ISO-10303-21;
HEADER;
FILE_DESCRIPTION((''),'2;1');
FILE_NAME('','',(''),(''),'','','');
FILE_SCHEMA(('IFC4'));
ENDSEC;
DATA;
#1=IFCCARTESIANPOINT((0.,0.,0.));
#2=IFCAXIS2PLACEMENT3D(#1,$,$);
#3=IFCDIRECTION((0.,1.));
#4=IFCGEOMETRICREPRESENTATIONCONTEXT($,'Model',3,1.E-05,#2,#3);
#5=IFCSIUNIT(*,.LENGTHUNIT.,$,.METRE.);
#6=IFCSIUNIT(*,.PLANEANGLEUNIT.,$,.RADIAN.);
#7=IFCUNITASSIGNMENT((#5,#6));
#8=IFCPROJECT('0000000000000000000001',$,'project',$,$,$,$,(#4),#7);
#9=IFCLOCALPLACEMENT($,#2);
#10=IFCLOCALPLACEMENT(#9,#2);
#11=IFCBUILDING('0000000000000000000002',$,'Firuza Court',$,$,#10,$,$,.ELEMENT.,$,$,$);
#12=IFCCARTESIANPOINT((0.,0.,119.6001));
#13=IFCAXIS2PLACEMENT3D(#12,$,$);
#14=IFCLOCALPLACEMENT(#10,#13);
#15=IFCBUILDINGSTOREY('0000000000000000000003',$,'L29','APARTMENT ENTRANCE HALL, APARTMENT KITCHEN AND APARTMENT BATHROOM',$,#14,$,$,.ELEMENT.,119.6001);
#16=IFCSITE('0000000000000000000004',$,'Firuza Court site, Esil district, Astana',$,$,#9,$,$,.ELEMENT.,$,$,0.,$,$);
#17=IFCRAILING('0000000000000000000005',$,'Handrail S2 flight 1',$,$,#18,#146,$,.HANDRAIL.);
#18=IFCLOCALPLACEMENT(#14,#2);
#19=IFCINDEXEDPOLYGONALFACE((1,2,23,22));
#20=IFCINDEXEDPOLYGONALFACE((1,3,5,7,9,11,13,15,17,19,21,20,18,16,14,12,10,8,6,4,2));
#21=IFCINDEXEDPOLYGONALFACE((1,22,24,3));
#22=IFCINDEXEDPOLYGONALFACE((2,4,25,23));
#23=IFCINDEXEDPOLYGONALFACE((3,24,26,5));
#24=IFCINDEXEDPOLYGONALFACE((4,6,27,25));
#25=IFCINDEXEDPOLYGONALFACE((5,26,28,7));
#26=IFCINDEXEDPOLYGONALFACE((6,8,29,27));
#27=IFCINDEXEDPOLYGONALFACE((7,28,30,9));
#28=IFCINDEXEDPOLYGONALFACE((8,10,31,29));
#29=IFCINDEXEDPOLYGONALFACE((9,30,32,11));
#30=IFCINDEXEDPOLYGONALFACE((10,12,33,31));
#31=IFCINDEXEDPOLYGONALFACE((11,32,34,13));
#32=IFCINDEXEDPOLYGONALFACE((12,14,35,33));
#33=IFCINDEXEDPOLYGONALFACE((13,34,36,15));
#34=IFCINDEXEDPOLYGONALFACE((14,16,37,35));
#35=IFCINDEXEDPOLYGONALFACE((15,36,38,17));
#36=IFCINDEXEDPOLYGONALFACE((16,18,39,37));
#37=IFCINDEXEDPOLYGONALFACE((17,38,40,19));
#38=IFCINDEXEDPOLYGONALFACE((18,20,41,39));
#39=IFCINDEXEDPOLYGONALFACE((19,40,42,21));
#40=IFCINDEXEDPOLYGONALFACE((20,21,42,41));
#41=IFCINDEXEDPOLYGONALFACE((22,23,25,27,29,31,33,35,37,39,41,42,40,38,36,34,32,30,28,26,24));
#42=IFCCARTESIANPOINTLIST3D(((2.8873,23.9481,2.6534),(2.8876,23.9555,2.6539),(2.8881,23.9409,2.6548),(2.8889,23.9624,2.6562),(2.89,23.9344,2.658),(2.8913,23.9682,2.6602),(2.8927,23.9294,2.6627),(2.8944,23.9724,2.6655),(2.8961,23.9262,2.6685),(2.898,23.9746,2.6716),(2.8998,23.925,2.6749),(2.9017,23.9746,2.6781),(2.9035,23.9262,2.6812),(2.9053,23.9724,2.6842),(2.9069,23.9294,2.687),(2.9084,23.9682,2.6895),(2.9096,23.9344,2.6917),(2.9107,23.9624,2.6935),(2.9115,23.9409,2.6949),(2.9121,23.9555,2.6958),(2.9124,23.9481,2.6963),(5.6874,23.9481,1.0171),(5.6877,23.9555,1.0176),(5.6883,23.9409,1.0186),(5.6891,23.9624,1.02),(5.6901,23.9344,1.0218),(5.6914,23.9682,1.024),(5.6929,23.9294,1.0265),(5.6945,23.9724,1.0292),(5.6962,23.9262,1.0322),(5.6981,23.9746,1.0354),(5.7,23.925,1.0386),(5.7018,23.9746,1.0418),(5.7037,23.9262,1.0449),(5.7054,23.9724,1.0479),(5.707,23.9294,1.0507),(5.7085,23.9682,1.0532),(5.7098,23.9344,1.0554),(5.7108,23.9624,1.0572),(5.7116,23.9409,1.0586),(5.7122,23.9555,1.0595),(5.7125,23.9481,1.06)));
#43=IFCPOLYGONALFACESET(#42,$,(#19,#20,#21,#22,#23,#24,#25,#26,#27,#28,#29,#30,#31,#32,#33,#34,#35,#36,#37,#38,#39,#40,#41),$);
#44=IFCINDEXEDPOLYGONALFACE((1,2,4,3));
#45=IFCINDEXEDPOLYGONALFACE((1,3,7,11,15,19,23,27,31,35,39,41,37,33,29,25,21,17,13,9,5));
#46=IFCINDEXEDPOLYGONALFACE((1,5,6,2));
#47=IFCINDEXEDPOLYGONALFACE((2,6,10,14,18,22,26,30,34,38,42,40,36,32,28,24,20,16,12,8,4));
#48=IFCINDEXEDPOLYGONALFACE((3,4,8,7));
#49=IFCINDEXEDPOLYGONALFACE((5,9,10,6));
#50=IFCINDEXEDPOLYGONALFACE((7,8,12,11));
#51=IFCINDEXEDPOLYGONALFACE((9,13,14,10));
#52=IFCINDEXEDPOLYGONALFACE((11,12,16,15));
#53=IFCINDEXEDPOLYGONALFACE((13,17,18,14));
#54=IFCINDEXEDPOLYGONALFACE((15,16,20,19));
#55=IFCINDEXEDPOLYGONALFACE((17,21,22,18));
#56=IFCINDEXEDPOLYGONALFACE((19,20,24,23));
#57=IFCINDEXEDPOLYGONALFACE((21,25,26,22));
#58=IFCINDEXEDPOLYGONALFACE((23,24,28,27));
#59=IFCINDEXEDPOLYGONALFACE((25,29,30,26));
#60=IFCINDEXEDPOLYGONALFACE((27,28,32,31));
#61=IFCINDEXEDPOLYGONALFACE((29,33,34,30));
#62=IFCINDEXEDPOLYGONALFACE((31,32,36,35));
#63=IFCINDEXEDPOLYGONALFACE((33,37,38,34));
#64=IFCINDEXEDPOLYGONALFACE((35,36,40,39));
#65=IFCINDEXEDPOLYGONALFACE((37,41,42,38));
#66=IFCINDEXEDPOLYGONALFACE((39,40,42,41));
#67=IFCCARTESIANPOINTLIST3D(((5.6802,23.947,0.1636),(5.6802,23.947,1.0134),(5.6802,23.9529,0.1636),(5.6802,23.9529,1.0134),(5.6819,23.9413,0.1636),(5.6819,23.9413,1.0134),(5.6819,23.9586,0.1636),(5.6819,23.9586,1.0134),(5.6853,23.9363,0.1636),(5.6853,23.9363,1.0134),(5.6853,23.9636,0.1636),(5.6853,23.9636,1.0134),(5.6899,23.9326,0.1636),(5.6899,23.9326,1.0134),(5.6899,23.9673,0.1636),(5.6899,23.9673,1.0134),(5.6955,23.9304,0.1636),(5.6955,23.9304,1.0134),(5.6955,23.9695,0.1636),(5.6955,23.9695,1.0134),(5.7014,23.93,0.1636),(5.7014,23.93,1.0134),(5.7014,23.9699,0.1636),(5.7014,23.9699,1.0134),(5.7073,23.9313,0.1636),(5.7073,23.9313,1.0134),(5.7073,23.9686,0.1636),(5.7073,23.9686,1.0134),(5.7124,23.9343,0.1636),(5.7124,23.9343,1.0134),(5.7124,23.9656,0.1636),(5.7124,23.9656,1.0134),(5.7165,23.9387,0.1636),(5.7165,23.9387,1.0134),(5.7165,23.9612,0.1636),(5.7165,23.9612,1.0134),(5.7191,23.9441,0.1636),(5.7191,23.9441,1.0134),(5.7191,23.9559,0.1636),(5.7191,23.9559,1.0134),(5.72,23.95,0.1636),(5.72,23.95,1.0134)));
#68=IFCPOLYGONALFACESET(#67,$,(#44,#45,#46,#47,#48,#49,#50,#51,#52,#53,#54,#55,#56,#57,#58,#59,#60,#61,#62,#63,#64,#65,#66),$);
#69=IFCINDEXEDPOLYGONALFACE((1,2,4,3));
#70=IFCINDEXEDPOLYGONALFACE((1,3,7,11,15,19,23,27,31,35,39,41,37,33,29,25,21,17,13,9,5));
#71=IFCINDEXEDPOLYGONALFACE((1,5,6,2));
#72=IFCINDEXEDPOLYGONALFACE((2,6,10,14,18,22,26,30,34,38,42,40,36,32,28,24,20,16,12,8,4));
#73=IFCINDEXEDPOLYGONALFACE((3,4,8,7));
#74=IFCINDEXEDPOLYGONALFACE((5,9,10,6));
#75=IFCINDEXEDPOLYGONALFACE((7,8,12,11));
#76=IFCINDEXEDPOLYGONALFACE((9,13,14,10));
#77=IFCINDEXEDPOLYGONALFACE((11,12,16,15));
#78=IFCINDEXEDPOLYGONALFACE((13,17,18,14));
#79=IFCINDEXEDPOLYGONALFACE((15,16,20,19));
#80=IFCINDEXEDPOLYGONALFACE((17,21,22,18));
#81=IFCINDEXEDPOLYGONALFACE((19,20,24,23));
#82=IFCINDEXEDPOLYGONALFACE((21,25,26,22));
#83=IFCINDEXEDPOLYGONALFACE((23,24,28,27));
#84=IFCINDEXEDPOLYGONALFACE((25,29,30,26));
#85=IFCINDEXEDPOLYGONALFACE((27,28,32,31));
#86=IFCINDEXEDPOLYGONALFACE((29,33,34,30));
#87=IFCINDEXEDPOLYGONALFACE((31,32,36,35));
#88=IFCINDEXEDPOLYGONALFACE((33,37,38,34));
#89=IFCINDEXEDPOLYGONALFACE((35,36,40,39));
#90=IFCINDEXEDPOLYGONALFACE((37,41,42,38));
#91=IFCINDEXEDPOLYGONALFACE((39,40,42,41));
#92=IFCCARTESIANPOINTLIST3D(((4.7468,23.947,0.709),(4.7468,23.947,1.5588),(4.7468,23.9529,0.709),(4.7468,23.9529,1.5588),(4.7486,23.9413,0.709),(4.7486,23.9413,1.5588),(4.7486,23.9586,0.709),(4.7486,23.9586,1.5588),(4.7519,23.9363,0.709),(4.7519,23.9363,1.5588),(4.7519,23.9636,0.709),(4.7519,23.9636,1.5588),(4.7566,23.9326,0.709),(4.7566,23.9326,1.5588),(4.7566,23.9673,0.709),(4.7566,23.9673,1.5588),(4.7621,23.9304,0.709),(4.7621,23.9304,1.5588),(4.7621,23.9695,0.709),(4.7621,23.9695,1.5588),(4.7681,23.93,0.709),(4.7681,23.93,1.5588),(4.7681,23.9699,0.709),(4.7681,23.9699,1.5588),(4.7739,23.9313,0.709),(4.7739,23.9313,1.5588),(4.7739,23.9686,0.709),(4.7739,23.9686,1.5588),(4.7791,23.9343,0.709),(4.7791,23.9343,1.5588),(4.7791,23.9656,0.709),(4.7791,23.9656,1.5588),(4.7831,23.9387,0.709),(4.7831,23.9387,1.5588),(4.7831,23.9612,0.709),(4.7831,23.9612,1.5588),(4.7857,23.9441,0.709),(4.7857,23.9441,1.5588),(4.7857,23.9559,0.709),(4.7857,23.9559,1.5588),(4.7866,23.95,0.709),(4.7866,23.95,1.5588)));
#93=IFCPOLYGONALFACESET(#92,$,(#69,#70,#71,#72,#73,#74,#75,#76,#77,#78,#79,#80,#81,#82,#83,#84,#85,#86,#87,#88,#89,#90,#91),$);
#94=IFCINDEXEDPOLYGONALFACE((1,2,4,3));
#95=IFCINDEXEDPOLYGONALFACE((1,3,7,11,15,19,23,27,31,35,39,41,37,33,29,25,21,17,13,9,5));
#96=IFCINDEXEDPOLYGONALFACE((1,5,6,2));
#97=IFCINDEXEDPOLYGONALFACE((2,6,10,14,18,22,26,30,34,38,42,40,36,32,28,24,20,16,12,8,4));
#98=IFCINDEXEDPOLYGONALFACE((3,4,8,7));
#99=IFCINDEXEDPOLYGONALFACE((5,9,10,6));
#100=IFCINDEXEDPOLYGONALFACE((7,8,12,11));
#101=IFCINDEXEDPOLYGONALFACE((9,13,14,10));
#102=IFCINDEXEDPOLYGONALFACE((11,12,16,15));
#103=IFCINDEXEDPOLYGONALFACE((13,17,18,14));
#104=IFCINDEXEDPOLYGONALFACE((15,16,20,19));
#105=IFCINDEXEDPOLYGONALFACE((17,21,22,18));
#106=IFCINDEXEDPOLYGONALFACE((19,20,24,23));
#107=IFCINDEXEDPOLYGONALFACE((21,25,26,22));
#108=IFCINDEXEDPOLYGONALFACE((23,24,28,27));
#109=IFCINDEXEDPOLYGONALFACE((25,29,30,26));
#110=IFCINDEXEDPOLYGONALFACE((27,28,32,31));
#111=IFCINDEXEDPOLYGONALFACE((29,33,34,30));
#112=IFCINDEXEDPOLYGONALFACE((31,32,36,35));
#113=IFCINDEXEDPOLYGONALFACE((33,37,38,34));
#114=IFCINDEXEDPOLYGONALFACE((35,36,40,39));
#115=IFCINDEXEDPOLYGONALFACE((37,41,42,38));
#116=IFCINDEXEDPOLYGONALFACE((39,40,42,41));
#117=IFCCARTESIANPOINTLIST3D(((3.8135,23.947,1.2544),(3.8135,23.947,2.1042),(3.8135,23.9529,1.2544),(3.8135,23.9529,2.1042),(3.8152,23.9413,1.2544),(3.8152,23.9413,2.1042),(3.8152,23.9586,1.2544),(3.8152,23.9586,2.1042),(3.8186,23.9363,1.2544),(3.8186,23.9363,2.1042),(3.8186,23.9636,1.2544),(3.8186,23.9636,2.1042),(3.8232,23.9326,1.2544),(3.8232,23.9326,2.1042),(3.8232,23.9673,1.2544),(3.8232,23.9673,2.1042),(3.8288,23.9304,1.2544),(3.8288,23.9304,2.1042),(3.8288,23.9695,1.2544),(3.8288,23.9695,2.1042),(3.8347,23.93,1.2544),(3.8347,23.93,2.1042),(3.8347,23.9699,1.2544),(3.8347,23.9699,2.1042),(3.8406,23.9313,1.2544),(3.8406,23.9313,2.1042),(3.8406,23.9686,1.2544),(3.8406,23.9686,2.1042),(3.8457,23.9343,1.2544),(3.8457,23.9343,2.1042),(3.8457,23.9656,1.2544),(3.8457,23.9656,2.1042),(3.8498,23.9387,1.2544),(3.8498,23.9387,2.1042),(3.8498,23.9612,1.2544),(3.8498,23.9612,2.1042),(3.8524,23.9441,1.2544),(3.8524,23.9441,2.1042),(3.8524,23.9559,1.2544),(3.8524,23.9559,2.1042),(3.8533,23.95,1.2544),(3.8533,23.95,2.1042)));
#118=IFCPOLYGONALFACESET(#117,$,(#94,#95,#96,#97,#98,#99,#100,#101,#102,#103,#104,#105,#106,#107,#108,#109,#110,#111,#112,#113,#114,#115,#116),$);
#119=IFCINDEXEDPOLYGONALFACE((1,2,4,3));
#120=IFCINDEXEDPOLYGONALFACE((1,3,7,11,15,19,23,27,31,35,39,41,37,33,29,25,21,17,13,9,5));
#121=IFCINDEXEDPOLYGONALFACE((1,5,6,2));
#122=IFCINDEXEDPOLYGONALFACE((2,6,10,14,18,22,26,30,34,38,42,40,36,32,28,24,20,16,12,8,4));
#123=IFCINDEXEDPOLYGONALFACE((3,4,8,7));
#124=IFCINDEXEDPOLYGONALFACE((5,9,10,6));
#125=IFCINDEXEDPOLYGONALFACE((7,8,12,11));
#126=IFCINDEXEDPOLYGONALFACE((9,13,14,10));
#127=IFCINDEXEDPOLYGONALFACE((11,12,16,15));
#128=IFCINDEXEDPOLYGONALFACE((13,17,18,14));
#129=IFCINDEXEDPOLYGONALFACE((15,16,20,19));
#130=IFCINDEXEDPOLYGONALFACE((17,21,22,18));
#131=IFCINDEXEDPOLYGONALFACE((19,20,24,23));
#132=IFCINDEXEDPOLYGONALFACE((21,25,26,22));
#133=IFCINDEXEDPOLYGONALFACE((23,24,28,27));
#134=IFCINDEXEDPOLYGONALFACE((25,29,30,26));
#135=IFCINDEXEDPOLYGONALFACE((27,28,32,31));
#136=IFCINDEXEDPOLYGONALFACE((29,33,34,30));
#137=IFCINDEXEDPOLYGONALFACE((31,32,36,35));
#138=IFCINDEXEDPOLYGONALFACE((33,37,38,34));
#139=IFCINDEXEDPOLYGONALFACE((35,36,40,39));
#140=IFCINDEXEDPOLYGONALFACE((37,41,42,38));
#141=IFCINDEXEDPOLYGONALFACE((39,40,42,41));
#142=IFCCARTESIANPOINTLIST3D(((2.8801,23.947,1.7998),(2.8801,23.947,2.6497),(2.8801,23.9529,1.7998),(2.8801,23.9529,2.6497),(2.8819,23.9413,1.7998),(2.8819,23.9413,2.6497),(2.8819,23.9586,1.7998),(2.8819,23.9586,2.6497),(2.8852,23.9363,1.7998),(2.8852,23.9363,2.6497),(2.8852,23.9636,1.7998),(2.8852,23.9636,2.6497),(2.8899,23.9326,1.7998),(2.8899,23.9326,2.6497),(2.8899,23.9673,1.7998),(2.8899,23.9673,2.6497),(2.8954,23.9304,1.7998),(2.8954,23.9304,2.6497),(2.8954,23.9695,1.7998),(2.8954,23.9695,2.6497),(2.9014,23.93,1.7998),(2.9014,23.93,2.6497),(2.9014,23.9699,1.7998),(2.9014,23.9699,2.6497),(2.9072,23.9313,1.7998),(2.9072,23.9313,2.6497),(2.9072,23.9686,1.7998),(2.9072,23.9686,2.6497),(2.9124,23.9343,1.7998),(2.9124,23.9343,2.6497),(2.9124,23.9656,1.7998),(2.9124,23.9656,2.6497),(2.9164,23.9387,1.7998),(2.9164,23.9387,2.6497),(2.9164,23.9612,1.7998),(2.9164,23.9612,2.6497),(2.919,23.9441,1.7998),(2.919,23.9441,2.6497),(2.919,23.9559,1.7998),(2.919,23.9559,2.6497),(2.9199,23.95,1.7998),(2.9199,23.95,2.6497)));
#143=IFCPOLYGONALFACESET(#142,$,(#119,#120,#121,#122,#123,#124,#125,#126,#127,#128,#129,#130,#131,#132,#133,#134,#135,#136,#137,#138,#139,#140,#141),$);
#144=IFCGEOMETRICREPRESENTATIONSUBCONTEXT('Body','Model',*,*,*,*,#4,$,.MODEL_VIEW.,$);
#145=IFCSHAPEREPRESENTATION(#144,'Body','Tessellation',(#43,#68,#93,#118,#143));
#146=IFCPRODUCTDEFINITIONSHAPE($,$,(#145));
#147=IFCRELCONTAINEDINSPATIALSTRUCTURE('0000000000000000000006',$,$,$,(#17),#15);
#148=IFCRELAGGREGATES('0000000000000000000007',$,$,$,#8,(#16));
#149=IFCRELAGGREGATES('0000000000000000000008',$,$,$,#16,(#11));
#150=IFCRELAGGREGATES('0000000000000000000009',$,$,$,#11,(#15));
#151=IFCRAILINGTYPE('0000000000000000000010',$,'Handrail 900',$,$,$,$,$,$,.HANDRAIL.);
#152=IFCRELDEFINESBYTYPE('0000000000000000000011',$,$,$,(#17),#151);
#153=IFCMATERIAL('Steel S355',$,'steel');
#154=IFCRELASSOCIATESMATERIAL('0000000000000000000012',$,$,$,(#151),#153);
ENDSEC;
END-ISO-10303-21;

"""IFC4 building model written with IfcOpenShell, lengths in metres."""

from ifc_helpers import new_model, si_unit, direction, frame, origin, origin_2d, place, context, subcontext, project, spatial, circle, extrude, material, type_object, element, save


model = new_model("IFC4")

# Units and contexts
model_context = context("Model", 3, precision=1e-05, world=origin(), true_north=direction((0.0, 1.0)))
body_context = subcontext(model_context, "Body", "Model", "MODEL_VIEW")
ifc_project = project(units=[si_unit("LENGTHUNIT", "METRE"), si_unit("PLANEANGLEUNIT", "RADIAN")], contexts=[model_context])

# Site, building, storey
site_placement = place(None, origin())
site = spatial("IfcSite", under=ifc_project, at=site_placement, Name="Firuza Court site, Esil district, Astana", CompositionType="ELEMENT", RefElevation=0.0)
building_placement = place(site_placement, origin())
building = spatial("IfcBuilding", under=site, at=building_placement, Name="Firuza Court", CompositionType="ELEMENT")
storey_placement = place(building_placement, frame((0.0, 0.0, 119.6001)))
storey = spatial("IfcBuildingStorey", under=building, at=storey_placement, Name="L29", Description="APARTMENT ENTRANCE HALL, APARTMENT KITCHEN AND APARTMENT BATHROOM", CompositionType="ELEMENT", Elevation=119.6001)

# Railing
ifc_material_1 = material(Name="Steel S355", Category="steel")
railing_type_1 = type_object("IfcRailingType", Name="Handrail 900", PredefinedType="HANDRAIL", material=ifc_material_1)
railing_1_placement = place(storey_placement, frame((5.7, 23.95, 0.1636)))
element("IfcRailing", 1, at=railing_1_placement, inside=storey, type_object=railing_type_1, Name="Handrail S2 flight 1", PredefinedType="HANDRAIL", context=body_context, shape_type="SweptSolid", body=[
    extrude(circle(Radius=0.0249, at=origin_2d()), frame((0.0, 0.0, 0.875), z_axis=(-0.863394, 0.0, 0.504531), x_axis=(0.0, -1.0, 0.0)), (0.0, 0.0, 1.0), 3.2432),
    extrude(circle(Radius=0.02, at=origin_2d()), origin(), (0.0, 0.0, 1.0), 0.8499),
    extrude(circle(Radius=0.02, at=origin_2d()), frame((-0.9333, 0.0, 0.5454)), (0.0, 0.0, 1.0), 0.8499),
    extrude(circle(Radius=0.02, at=origin_2d()), frame((-1.8667, 0.0, 1.0908)), (0.0, 0.0, 1.0), 0.8499),
    extrude(circle(Radius=0.02, at=origin_2d()), frame((-2.8, 0.0, 1.6362)), (0.0, 0.0, 1.0), 0.8499),
])

save(model, "model.ifc")
